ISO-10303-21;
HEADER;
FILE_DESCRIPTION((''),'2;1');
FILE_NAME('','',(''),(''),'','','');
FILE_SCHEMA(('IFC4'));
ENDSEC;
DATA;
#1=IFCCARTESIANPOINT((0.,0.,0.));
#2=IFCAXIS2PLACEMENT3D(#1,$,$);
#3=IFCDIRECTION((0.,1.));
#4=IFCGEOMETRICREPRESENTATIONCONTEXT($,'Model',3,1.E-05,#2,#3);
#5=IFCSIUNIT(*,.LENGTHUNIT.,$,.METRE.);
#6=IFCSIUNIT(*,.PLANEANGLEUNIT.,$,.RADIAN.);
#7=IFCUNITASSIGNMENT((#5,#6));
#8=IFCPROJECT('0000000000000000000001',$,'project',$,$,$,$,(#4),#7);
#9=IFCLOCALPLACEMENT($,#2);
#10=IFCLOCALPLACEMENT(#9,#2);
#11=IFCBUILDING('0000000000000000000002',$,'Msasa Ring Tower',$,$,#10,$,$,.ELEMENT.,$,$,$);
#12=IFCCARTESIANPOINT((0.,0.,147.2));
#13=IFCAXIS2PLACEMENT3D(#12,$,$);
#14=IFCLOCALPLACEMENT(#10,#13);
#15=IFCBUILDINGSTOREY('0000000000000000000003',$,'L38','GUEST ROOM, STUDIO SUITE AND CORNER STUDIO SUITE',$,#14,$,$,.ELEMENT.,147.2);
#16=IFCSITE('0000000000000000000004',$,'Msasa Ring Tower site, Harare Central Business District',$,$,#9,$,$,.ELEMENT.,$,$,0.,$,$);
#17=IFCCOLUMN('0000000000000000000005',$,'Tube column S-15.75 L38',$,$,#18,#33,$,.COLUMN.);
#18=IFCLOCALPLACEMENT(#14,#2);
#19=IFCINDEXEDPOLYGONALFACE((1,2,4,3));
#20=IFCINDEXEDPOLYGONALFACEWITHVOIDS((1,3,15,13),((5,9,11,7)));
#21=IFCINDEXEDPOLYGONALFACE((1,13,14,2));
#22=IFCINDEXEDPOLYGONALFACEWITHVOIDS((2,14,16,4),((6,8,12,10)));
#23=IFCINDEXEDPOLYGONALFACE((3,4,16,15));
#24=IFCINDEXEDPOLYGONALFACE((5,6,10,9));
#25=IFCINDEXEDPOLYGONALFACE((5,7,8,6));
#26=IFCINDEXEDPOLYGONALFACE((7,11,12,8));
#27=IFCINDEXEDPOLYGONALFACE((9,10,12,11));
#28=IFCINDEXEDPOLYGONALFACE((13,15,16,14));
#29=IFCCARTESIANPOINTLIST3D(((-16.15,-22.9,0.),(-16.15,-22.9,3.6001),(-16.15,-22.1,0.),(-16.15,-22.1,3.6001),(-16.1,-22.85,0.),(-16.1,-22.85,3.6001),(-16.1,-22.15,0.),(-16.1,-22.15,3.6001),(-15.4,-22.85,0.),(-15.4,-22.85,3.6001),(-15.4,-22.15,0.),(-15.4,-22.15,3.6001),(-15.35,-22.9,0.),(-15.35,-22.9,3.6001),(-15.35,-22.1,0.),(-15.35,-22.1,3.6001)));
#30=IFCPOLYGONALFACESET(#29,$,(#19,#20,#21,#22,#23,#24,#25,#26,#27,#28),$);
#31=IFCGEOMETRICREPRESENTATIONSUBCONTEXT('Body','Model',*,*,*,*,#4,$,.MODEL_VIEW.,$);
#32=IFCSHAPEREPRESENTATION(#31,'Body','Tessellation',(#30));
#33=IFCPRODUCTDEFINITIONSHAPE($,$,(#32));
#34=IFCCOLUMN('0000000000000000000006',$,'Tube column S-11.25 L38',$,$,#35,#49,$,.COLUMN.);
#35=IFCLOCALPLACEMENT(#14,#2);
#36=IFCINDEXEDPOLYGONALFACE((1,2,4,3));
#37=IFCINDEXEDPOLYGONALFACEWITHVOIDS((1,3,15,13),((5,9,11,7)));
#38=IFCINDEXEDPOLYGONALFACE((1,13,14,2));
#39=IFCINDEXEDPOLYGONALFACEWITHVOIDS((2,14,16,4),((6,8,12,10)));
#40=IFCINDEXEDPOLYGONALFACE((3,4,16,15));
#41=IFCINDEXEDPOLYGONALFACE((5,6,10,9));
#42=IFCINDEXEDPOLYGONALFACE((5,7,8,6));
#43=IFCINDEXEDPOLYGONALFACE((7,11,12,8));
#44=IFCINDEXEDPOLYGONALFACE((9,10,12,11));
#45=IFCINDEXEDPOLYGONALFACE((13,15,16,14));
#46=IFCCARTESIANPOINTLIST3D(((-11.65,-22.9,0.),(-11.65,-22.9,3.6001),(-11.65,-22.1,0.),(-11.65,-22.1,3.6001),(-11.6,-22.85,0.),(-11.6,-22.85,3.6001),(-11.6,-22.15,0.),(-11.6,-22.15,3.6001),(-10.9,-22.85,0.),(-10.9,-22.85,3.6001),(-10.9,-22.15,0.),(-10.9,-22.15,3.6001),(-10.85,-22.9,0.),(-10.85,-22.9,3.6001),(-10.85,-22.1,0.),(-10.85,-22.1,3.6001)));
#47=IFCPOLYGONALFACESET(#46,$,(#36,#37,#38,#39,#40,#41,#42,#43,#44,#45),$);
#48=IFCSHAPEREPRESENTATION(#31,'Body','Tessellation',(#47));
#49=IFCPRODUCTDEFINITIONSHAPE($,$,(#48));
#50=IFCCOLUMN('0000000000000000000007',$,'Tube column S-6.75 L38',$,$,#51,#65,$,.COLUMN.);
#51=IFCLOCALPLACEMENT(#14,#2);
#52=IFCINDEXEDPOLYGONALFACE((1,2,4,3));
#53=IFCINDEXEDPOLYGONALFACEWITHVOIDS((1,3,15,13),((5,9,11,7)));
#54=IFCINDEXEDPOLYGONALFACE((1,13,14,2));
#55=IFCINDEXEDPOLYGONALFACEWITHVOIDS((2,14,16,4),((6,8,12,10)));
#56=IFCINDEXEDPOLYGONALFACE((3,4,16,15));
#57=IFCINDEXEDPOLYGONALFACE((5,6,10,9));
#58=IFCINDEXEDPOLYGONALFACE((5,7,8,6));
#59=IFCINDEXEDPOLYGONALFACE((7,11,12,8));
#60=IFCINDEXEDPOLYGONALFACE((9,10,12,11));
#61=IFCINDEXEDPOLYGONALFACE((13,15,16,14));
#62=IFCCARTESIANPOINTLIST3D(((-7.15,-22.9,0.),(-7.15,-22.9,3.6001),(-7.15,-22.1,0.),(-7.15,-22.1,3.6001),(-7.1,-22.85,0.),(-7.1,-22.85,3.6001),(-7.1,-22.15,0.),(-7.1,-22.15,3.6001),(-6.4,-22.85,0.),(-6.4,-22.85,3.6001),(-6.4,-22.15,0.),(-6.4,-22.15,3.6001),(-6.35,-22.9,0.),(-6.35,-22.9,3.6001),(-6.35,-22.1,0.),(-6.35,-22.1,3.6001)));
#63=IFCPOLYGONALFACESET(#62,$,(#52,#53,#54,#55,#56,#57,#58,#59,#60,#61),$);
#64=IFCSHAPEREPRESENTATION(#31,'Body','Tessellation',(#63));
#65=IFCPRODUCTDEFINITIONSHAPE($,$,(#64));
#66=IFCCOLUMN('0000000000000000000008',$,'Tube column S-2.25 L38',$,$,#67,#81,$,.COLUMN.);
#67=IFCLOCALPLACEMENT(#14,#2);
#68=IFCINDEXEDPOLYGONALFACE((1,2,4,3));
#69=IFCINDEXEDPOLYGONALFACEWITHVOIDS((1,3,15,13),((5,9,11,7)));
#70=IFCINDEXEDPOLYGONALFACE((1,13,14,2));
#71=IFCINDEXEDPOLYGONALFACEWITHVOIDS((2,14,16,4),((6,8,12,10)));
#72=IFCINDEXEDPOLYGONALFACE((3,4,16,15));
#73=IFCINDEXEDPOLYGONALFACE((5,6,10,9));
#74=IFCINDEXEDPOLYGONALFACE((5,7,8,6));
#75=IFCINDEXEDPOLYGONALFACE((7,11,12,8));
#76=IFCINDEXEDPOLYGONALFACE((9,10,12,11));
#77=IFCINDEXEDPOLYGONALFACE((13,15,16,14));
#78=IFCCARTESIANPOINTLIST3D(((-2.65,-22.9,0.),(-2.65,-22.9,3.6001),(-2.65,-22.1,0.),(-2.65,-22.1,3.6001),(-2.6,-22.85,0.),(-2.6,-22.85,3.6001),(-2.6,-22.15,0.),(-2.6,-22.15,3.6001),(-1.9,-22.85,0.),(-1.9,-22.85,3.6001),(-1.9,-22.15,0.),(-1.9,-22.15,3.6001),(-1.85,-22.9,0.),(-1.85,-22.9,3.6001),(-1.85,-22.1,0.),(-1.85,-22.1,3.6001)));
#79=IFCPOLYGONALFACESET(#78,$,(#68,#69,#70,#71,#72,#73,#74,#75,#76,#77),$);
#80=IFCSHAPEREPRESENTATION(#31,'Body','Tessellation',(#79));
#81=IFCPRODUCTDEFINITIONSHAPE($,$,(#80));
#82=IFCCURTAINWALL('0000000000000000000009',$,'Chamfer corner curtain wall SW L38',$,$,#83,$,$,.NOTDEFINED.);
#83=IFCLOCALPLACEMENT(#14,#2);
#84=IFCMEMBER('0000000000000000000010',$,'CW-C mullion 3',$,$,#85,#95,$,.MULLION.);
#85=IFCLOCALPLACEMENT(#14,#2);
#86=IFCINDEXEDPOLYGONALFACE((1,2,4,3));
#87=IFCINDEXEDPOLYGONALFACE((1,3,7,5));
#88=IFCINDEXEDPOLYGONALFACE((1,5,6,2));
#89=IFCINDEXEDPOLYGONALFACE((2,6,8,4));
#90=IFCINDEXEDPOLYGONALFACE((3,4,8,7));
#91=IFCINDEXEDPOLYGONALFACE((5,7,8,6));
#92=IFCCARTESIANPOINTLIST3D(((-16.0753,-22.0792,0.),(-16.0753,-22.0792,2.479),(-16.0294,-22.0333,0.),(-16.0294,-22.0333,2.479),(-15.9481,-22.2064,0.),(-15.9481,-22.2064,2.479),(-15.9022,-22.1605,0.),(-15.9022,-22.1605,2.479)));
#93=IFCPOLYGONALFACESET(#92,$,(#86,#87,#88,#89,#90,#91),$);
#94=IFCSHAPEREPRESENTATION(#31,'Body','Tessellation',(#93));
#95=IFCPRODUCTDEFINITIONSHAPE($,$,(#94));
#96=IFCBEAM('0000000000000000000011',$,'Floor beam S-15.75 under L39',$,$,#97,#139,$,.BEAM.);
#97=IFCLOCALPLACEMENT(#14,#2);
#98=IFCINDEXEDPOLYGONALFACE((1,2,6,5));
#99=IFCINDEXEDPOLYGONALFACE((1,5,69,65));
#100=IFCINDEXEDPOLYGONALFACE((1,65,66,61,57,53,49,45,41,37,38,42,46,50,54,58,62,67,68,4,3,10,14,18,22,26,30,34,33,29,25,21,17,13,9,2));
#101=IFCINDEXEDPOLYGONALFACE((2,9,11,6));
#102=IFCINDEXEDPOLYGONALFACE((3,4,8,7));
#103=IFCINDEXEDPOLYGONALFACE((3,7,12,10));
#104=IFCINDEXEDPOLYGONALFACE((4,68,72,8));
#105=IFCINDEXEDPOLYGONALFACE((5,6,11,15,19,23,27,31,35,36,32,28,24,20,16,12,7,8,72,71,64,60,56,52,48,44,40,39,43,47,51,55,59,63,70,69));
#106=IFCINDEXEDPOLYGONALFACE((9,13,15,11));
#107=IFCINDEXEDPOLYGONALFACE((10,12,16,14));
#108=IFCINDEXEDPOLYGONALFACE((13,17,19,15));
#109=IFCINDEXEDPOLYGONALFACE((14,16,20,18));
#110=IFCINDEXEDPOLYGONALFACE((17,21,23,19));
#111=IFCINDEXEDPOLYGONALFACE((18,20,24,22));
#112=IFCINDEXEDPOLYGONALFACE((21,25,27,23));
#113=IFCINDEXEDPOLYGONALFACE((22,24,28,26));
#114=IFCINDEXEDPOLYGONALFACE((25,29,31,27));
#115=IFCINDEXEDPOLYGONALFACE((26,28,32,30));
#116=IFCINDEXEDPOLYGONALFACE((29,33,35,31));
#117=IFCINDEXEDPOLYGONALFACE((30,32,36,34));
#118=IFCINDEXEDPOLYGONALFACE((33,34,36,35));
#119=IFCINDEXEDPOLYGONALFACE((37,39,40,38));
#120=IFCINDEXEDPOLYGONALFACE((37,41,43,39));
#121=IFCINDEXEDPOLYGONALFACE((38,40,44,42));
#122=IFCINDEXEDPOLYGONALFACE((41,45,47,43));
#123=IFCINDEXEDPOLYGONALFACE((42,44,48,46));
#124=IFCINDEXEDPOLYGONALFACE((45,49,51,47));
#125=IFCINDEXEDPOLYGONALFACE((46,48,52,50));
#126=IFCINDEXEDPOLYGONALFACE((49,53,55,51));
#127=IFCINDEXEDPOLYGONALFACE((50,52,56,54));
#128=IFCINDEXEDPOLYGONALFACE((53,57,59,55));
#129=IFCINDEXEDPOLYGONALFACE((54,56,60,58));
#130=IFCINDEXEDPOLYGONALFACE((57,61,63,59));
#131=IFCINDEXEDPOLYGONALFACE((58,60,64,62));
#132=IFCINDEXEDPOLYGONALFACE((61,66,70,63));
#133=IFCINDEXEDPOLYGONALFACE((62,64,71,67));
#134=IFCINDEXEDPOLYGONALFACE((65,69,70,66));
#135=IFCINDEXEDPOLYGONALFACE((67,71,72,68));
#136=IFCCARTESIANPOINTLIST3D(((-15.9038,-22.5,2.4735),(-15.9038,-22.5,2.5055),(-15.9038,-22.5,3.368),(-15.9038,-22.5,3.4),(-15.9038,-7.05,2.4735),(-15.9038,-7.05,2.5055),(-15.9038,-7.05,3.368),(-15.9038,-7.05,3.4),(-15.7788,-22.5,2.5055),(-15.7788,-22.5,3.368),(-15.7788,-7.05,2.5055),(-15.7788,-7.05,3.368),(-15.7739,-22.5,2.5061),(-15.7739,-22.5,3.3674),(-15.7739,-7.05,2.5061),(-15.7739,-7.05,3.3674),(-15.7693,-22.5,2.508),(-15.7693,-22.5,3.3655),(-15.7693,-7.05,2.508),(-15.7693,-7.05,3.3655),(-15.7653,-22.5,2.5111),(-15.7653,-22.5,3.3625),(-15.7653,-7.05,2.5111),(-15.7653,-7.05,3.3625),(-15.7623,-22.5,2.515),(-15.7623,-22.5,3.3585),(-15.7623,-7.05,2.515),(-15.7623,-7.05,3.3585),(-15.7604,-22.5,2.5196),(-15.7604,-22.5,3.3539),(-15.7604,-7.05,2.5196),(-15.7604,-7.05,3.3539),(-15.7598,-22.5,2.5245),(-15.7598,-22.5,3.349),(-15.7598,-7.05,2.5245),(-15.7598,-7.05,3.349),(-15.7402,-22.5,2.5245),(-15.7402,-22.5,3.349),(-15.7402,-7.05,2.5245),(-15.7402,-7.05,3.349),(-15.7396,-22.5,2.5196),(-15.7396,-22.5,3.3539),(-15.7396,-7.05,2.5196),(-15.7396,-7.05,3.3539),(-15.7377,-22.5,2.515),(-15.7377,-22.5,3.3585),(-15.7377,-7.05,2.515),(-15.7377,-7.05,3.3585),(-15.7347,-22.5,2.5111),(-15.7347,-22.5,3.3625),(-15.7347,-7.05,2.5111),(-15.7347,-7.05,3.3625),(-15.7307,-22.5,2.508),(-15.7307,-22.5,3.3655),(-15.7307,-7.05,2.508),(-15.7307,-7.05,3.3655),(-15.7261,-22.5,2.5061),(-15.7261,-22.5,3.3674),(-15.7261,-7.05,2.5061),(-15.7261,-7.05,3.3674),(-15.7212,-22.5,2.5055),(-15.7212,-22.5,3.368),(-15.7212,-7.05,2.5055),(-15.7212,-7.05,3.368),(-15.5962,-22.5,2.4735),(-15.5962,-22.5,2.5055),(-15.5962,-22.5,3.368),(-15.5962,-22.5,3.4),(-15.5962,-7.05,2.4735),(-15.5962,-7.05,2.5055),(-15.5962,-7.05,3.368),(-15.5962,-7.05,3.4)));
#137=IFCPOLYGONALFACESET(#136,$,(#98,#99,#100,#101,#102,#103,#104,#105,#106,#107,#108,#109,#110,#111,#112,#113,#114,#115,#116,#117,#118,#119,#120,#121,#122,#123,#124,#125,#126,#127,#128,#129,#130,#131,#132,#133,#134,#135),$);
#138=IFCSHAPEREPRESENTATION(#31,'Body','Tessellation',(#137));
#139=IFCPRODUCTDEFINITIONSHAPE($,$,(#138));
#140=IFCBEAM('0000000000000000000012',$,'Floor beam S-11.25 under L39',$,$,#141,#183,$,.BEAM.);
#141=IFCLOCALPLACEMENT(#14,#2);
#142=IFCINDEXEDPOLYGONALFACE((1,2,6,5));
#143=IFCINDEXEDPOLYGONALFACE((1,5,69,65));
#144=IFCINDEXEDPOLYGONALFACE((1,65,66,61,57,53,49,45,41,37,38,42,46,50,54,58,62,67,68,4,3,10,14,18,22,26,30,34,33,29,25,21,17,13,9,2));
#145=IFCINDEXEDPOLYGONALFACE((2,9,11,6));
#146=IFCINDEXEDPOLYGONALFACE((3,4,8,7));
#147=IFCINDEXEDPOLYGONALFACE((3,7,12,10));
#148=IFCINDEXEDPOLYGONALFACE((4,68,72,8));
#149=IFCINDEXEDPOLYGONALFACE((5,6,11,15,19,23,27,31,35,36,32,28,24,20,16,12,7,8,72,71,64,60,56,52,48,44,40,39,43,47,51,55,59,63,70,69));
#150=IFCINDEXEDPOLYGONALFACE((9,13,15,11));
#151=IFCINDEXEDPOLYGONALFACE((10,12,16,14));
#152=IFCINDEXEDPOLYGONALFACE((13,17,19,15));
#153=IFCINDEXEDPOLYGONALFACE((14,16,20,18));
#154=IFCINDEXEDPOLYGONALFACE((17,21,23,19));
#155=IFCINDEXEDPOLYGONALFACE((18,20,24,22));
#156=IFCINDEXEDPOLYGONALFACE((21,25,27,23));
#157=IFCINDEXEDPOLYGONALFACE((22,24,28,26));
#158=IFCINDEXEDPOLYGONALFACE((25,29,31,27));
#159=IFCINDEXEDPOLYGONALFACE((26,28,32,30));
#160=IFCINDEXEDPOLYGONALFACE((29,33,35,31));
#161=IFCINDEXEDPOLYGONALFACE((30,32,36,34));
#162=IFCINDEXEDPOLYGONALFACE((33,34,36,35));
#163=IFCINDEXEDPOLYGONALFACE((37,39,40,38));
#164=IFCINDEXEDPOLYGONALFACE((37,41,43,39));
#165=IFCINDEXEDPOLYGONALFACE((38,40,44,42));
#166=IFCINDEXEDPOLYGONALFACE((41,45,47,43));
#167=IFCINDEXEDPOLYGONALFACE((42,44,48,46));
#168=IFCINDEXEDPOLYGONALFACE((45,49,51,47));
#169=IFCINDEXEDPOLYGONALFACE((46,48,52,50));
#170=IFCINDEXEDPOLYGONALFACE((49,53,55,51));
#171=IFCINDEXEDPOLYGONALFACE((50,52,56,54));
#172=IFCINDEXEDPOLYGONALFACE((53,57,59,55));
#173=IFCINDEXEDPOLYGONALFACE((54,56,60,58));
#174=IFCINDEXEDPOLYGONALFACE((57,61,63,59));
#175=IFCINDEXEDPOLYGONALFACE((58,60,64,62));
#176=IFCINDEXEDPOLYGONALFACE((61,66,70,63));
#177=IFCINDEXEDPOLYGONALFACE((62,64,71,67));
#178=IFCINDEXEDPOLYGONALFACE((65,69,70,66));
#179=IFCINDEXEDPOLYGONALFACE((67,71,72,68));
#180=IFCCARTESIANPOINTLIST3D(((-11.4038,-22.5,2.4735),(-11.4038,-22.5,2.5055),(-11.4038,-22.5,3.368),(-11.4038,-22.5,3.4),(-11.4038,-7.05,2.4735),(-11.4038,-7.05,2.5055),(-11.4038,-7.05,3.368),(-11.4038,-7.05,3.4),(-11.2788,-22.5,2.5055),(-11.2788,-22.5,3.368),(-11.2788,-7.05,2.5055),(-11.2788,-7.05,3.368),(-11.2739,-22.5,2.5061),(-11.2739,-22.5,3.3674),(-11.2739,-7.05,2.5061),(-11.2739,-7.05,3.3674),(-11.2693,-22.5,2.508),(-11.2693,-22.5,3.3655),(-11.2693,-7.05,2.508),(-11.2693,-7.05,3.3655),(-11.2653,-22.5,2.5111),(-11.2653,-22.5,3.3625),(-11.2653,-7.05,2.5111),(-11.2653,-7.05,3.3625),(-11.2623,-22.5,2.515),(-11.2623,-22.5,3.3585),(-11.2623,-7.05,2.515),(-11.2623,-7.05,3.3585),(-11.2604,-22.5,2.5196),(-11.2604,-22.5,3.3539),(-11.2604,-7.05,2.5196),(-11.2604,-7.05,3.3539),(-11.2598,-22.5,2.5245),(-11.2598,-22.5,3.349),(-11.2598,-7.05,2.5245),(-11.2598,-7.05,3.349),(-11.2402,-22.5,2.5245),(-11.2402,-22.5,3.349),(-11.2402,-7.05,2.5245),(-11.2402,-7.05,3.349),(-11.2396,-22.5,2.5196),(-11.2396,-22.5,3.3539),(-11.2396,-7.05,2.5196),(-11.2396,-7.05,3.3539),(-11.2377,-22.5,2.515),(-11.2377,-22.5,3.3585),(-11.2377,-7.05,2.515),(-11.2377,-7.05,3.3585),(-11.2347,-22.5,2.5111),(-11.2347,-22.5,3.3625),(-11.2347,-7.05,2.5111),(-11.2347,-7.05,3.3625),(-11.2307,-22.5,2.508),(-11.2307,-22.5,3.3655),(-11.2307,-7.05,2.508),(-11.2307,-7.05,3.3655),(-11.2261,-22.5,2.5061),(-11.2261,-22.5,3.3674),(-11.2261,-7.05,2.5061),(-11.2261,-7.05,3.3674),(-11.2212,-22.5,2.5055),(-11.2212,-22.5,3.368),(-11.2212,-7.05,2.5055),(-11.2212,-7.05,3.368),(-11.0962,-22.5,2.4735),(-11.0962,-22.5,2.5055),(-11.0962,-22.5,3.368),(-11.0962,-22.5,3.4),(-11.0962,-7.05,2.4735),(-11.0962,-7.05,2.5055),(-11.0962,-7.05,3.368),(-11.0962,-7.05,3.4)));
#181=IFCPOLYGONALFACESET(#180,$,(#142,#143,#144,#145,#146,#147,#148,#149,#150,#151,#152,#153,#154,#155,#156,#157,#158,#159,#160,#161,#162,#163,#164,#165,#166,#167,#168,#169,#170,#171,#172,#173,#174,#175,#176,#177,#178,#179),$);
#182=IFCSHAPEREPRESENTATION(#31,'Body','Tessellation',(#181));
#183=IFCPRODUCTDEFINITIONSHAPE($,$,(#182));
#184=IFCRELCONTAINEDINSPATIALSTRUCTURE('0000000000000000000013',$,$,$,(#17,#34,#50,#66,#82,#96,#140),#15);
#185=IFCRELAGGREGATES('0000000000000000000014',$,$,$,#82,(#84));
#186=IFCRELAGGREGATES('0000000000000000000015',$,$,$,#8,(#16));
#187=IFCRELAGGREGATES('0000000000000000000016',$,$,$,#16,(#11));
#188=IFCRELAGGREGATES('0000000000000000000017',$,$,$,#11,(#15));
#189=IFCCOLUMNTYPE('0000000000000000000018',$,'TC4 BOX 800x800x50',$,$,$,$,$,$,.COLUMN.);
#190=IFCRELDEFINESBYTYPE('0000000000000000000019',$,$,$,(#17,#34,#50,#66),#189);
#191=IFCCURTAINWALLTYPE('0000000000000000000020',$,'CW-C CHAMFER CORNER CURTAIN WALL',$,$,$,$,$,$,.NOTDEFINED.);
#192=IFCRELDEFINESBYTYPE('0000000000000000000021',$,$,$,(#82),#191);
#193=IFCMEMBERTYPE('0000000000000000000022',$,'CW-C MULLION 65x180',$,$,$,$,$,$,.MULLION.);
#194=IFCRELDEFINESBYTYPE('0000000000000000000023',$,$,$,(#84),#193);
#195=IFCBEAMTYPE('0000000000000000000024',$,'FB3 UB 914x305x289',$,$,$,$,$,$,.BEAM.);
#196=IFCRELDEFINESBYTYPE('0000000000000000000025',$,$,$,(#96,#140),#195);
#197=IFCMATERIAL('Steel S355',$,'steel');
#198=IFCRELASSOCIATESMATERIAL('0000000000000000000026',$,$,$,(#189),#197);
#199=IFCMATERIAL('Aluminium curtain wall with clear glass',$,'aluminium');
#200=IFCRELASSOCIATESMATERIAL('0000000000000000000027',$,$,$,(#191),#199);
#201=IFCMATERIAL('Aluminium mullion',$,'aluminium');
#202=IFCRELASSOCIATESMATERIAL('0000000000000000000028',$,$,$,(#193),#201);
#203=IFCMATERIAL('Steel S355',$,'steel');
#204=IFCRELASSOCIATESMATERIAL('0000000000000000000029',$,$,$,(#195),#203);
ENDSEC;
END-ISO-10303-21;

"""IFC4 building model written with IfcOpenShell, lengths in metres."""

from ifc_helpers import new_model, si_unit, direction, frame, origin, origin_2d, place, context, subcontext, project, spatial, rectangle, hollow_rectangle, i_section, extrude, material, material_profile, profile_set, type_object, element, aggregate, save


model = new_model("IFC4")

# Units and contexts
model_context = context("Model", 3, precision=1e-05, world=origin(), true_north=direction((0.0, 1.0)))
body_context = subcontext(model_context, "Body", "Model", "MODEL_VIEW")
ifc_project = project(units=[si_unit("LENGTHUNIT", "METRE"), si_unit("PLANEANGLEUNIT", "RADIAN")], contexts=[model_context])

# Site, building, storey
site_placement = place(None, origin())
site = spatial("IfcSite", under=ifc_project, at=site_placement, Name="Msasa Ring Tower site, Harare Central Business District", CompositionType="ELEMENT", RefElevation=0.0)
building_placement = place(site_placement, origin())
building = spatial("IfcBuilding", under=site, at=building_placement, Name="Msasa Ring Tower", CompositionType="ELEMENT")
storey_placement = place(building_placement, frame((0.0, 0.0, 147.2)))
storey = spatial("IfcBuildingStorey", under=building, at=storey_placement, Name="L38", Description="GUEST ROOM, STUDIO SUITE AND CORNER STUDIO SUITE", CompositionType="ELEMENT", Elevation=147.2)

# Columns
ifc_material_1 = material(Name="Steel S355", Category="steel")
ifc_material_profile_1 = material_profile(ifc_material_1, hollow_rectangle(XDim=0.8, YDim=0.8, WallThickness=0.05, at=origin_2d()), Name="BOX 800x800x50")
ifc_profile_set_1 = profile_set([ifc_material_profile_1], Name="Steel S355")
column_type = type_object("IfcColumnType", Name="TC4 BOX 800x800x50", PredefinedType="COLUMN", material=ifc_profile_set_1)
for number, where, z_axis, x_axis, name in (
    (1, (-15.75, -22.5, 0.0), (0.0, 0.0, 1.0), (0.0, 1.0, 0.0), "Tube column S-15.75 L38"),
    (2, (-11.25, -22.5, 0.0), (0.0, 0.0, 1.0), (0.0, 1.0, 0.0), "Tube column S-11.25 L38"),
    (3, (-6.75, -22.5, 0.0), (0.0, 0.0, 1.0), (0.0, 1.0, 0.0), "Tube column S-6.75 L38"),
    (4, (-2.25, -22.5, 0.0), (0.0, 0.0, 1.0), (0.0, 1.0, 0.0), "Tube column S-2.25 L38"),
):
    element("IfcColumn", number, at=place(storey_placement, frame(where, z_axis=z_axis, x_axis=x_axis)), inside=storey, type_object=column_type, Name=name, PredefinedType="COLUMN", context=body_context, shape_type="SweptSolid", body=[
        extrude(hollow_rectangle(XDim=0.8, YDim=0.8, WallThickness=0.05, at=origin_2d()), origin(), (0.0, 0.0, 1.0), 3.6001),
    ])

# Curtain wall, member
ifc_material_2 = material(Name="Aluminium curtain wall with clear glass", Category="aluminium")
curtain_wall_type = type_object("IfcCurtainWallType", Name="CW-C CHAMFER CORNER CURTAIN WALL", PredefinedType="NOTDEFINED", material=ifc_material_2)
curtain_wall_placement = place(storey_placement, origin())
curtain_wall = element("IfcCurtainWall", 5, at=curtain_wall_placement, inside=storey, type_object=curtain_wall_type, Name="Chamfer corner curtain wall SW L38", PredefinedType="NOTDEFINED")
ifc_material_3 = material(Name="Aluminium mullion", Category="aluminium")
ifc_material_profile_2 = material_profile(ifc_material_3, rectangle(XDim=0.0649, YDim=0.1799, at=origin_2d()), Name="AL 65x180")
ifc_profile_set_2 = profile_set([ifc_material_profile_2], Name="Aluminium mullion")
member_type = type_object("IfcMemberType", Name="CW-C MULLION 65x180", PredefinedType="MULLION", material=ifc_profile_set_2)
member_placement = place(storey_placement, frame((-15.9888, -22.1199, 0.0), z_axis=(0.0, 0.0, 1.0), x_axis=(0.707107, 0.707107, 0.0)))
member = element("IfcMember", 6, at=member_placement, type_object=member_type, Name="CW-C mullion 3", PredefinedType="MULLION", context=body_context, shape_type="SweptSolid", body=[
    extrude(rectangle(XDim=0.0649, YDim=0.1799, at=origin_2d()), origin(), (0.0, 0.0, 1.0), 2.479),
])
aggregate(curtain_wall, [member])

# Beams
ifc_material_4 = material(Name="Steel S355", Category="steel")
ifc_material_profile_3 = material_profile(ifc_material_4, i_section(OverallWidth=0.3076, OverallDepth=0.9265, WebThickness=0.0195, FlangeThickness=0.032, FilletRadius=0.019, at=origin_2d()), Name="UB 914x305x289")
ifc_profile_set_3 = profile_set([ifc_material_profile_3], Name="Steel S355")
beam_type_1 = type_object("IfcBeamType", Name="FB3 UB 914x305x289", PredefinedType="BEAM", material=ifc_profile_set_3)
for number, where, z_axis, x_axis, name in (
    (7, (-15.75, -22.5, 2.9368), (0.0, 1.0, 0.0), (-1.0, 0.0, 0.0), "Floor beam S-15.75 under L39"),
    (8, (-11.25, -22.5, 2.9368), (0.0, 1.0, 0.0), (-1.0, 0.0, 0.0), "Floor beam S-11.25 under L39"),
):
    element("IfcBeam", number, at=place(storey_placement, frame(where, z_axis=z_axis, x_axis=x_axis)), inside=storey, type_object=beam_type_1, Name=name, PredefinedType="BEAM", context=body_context, shape_type="SweptSolid", body=[
        extrude(i_section(OverallWidth=0.3076, OverallDepth=0.9265, WebThickness=0.0195, FlangeThickness=0.032, FilletRadius=0.019, at=origin_2d()), origin(), (0.0, 0.0, 1.0), 15.45),
    ])

save(model, "model.ifc")
